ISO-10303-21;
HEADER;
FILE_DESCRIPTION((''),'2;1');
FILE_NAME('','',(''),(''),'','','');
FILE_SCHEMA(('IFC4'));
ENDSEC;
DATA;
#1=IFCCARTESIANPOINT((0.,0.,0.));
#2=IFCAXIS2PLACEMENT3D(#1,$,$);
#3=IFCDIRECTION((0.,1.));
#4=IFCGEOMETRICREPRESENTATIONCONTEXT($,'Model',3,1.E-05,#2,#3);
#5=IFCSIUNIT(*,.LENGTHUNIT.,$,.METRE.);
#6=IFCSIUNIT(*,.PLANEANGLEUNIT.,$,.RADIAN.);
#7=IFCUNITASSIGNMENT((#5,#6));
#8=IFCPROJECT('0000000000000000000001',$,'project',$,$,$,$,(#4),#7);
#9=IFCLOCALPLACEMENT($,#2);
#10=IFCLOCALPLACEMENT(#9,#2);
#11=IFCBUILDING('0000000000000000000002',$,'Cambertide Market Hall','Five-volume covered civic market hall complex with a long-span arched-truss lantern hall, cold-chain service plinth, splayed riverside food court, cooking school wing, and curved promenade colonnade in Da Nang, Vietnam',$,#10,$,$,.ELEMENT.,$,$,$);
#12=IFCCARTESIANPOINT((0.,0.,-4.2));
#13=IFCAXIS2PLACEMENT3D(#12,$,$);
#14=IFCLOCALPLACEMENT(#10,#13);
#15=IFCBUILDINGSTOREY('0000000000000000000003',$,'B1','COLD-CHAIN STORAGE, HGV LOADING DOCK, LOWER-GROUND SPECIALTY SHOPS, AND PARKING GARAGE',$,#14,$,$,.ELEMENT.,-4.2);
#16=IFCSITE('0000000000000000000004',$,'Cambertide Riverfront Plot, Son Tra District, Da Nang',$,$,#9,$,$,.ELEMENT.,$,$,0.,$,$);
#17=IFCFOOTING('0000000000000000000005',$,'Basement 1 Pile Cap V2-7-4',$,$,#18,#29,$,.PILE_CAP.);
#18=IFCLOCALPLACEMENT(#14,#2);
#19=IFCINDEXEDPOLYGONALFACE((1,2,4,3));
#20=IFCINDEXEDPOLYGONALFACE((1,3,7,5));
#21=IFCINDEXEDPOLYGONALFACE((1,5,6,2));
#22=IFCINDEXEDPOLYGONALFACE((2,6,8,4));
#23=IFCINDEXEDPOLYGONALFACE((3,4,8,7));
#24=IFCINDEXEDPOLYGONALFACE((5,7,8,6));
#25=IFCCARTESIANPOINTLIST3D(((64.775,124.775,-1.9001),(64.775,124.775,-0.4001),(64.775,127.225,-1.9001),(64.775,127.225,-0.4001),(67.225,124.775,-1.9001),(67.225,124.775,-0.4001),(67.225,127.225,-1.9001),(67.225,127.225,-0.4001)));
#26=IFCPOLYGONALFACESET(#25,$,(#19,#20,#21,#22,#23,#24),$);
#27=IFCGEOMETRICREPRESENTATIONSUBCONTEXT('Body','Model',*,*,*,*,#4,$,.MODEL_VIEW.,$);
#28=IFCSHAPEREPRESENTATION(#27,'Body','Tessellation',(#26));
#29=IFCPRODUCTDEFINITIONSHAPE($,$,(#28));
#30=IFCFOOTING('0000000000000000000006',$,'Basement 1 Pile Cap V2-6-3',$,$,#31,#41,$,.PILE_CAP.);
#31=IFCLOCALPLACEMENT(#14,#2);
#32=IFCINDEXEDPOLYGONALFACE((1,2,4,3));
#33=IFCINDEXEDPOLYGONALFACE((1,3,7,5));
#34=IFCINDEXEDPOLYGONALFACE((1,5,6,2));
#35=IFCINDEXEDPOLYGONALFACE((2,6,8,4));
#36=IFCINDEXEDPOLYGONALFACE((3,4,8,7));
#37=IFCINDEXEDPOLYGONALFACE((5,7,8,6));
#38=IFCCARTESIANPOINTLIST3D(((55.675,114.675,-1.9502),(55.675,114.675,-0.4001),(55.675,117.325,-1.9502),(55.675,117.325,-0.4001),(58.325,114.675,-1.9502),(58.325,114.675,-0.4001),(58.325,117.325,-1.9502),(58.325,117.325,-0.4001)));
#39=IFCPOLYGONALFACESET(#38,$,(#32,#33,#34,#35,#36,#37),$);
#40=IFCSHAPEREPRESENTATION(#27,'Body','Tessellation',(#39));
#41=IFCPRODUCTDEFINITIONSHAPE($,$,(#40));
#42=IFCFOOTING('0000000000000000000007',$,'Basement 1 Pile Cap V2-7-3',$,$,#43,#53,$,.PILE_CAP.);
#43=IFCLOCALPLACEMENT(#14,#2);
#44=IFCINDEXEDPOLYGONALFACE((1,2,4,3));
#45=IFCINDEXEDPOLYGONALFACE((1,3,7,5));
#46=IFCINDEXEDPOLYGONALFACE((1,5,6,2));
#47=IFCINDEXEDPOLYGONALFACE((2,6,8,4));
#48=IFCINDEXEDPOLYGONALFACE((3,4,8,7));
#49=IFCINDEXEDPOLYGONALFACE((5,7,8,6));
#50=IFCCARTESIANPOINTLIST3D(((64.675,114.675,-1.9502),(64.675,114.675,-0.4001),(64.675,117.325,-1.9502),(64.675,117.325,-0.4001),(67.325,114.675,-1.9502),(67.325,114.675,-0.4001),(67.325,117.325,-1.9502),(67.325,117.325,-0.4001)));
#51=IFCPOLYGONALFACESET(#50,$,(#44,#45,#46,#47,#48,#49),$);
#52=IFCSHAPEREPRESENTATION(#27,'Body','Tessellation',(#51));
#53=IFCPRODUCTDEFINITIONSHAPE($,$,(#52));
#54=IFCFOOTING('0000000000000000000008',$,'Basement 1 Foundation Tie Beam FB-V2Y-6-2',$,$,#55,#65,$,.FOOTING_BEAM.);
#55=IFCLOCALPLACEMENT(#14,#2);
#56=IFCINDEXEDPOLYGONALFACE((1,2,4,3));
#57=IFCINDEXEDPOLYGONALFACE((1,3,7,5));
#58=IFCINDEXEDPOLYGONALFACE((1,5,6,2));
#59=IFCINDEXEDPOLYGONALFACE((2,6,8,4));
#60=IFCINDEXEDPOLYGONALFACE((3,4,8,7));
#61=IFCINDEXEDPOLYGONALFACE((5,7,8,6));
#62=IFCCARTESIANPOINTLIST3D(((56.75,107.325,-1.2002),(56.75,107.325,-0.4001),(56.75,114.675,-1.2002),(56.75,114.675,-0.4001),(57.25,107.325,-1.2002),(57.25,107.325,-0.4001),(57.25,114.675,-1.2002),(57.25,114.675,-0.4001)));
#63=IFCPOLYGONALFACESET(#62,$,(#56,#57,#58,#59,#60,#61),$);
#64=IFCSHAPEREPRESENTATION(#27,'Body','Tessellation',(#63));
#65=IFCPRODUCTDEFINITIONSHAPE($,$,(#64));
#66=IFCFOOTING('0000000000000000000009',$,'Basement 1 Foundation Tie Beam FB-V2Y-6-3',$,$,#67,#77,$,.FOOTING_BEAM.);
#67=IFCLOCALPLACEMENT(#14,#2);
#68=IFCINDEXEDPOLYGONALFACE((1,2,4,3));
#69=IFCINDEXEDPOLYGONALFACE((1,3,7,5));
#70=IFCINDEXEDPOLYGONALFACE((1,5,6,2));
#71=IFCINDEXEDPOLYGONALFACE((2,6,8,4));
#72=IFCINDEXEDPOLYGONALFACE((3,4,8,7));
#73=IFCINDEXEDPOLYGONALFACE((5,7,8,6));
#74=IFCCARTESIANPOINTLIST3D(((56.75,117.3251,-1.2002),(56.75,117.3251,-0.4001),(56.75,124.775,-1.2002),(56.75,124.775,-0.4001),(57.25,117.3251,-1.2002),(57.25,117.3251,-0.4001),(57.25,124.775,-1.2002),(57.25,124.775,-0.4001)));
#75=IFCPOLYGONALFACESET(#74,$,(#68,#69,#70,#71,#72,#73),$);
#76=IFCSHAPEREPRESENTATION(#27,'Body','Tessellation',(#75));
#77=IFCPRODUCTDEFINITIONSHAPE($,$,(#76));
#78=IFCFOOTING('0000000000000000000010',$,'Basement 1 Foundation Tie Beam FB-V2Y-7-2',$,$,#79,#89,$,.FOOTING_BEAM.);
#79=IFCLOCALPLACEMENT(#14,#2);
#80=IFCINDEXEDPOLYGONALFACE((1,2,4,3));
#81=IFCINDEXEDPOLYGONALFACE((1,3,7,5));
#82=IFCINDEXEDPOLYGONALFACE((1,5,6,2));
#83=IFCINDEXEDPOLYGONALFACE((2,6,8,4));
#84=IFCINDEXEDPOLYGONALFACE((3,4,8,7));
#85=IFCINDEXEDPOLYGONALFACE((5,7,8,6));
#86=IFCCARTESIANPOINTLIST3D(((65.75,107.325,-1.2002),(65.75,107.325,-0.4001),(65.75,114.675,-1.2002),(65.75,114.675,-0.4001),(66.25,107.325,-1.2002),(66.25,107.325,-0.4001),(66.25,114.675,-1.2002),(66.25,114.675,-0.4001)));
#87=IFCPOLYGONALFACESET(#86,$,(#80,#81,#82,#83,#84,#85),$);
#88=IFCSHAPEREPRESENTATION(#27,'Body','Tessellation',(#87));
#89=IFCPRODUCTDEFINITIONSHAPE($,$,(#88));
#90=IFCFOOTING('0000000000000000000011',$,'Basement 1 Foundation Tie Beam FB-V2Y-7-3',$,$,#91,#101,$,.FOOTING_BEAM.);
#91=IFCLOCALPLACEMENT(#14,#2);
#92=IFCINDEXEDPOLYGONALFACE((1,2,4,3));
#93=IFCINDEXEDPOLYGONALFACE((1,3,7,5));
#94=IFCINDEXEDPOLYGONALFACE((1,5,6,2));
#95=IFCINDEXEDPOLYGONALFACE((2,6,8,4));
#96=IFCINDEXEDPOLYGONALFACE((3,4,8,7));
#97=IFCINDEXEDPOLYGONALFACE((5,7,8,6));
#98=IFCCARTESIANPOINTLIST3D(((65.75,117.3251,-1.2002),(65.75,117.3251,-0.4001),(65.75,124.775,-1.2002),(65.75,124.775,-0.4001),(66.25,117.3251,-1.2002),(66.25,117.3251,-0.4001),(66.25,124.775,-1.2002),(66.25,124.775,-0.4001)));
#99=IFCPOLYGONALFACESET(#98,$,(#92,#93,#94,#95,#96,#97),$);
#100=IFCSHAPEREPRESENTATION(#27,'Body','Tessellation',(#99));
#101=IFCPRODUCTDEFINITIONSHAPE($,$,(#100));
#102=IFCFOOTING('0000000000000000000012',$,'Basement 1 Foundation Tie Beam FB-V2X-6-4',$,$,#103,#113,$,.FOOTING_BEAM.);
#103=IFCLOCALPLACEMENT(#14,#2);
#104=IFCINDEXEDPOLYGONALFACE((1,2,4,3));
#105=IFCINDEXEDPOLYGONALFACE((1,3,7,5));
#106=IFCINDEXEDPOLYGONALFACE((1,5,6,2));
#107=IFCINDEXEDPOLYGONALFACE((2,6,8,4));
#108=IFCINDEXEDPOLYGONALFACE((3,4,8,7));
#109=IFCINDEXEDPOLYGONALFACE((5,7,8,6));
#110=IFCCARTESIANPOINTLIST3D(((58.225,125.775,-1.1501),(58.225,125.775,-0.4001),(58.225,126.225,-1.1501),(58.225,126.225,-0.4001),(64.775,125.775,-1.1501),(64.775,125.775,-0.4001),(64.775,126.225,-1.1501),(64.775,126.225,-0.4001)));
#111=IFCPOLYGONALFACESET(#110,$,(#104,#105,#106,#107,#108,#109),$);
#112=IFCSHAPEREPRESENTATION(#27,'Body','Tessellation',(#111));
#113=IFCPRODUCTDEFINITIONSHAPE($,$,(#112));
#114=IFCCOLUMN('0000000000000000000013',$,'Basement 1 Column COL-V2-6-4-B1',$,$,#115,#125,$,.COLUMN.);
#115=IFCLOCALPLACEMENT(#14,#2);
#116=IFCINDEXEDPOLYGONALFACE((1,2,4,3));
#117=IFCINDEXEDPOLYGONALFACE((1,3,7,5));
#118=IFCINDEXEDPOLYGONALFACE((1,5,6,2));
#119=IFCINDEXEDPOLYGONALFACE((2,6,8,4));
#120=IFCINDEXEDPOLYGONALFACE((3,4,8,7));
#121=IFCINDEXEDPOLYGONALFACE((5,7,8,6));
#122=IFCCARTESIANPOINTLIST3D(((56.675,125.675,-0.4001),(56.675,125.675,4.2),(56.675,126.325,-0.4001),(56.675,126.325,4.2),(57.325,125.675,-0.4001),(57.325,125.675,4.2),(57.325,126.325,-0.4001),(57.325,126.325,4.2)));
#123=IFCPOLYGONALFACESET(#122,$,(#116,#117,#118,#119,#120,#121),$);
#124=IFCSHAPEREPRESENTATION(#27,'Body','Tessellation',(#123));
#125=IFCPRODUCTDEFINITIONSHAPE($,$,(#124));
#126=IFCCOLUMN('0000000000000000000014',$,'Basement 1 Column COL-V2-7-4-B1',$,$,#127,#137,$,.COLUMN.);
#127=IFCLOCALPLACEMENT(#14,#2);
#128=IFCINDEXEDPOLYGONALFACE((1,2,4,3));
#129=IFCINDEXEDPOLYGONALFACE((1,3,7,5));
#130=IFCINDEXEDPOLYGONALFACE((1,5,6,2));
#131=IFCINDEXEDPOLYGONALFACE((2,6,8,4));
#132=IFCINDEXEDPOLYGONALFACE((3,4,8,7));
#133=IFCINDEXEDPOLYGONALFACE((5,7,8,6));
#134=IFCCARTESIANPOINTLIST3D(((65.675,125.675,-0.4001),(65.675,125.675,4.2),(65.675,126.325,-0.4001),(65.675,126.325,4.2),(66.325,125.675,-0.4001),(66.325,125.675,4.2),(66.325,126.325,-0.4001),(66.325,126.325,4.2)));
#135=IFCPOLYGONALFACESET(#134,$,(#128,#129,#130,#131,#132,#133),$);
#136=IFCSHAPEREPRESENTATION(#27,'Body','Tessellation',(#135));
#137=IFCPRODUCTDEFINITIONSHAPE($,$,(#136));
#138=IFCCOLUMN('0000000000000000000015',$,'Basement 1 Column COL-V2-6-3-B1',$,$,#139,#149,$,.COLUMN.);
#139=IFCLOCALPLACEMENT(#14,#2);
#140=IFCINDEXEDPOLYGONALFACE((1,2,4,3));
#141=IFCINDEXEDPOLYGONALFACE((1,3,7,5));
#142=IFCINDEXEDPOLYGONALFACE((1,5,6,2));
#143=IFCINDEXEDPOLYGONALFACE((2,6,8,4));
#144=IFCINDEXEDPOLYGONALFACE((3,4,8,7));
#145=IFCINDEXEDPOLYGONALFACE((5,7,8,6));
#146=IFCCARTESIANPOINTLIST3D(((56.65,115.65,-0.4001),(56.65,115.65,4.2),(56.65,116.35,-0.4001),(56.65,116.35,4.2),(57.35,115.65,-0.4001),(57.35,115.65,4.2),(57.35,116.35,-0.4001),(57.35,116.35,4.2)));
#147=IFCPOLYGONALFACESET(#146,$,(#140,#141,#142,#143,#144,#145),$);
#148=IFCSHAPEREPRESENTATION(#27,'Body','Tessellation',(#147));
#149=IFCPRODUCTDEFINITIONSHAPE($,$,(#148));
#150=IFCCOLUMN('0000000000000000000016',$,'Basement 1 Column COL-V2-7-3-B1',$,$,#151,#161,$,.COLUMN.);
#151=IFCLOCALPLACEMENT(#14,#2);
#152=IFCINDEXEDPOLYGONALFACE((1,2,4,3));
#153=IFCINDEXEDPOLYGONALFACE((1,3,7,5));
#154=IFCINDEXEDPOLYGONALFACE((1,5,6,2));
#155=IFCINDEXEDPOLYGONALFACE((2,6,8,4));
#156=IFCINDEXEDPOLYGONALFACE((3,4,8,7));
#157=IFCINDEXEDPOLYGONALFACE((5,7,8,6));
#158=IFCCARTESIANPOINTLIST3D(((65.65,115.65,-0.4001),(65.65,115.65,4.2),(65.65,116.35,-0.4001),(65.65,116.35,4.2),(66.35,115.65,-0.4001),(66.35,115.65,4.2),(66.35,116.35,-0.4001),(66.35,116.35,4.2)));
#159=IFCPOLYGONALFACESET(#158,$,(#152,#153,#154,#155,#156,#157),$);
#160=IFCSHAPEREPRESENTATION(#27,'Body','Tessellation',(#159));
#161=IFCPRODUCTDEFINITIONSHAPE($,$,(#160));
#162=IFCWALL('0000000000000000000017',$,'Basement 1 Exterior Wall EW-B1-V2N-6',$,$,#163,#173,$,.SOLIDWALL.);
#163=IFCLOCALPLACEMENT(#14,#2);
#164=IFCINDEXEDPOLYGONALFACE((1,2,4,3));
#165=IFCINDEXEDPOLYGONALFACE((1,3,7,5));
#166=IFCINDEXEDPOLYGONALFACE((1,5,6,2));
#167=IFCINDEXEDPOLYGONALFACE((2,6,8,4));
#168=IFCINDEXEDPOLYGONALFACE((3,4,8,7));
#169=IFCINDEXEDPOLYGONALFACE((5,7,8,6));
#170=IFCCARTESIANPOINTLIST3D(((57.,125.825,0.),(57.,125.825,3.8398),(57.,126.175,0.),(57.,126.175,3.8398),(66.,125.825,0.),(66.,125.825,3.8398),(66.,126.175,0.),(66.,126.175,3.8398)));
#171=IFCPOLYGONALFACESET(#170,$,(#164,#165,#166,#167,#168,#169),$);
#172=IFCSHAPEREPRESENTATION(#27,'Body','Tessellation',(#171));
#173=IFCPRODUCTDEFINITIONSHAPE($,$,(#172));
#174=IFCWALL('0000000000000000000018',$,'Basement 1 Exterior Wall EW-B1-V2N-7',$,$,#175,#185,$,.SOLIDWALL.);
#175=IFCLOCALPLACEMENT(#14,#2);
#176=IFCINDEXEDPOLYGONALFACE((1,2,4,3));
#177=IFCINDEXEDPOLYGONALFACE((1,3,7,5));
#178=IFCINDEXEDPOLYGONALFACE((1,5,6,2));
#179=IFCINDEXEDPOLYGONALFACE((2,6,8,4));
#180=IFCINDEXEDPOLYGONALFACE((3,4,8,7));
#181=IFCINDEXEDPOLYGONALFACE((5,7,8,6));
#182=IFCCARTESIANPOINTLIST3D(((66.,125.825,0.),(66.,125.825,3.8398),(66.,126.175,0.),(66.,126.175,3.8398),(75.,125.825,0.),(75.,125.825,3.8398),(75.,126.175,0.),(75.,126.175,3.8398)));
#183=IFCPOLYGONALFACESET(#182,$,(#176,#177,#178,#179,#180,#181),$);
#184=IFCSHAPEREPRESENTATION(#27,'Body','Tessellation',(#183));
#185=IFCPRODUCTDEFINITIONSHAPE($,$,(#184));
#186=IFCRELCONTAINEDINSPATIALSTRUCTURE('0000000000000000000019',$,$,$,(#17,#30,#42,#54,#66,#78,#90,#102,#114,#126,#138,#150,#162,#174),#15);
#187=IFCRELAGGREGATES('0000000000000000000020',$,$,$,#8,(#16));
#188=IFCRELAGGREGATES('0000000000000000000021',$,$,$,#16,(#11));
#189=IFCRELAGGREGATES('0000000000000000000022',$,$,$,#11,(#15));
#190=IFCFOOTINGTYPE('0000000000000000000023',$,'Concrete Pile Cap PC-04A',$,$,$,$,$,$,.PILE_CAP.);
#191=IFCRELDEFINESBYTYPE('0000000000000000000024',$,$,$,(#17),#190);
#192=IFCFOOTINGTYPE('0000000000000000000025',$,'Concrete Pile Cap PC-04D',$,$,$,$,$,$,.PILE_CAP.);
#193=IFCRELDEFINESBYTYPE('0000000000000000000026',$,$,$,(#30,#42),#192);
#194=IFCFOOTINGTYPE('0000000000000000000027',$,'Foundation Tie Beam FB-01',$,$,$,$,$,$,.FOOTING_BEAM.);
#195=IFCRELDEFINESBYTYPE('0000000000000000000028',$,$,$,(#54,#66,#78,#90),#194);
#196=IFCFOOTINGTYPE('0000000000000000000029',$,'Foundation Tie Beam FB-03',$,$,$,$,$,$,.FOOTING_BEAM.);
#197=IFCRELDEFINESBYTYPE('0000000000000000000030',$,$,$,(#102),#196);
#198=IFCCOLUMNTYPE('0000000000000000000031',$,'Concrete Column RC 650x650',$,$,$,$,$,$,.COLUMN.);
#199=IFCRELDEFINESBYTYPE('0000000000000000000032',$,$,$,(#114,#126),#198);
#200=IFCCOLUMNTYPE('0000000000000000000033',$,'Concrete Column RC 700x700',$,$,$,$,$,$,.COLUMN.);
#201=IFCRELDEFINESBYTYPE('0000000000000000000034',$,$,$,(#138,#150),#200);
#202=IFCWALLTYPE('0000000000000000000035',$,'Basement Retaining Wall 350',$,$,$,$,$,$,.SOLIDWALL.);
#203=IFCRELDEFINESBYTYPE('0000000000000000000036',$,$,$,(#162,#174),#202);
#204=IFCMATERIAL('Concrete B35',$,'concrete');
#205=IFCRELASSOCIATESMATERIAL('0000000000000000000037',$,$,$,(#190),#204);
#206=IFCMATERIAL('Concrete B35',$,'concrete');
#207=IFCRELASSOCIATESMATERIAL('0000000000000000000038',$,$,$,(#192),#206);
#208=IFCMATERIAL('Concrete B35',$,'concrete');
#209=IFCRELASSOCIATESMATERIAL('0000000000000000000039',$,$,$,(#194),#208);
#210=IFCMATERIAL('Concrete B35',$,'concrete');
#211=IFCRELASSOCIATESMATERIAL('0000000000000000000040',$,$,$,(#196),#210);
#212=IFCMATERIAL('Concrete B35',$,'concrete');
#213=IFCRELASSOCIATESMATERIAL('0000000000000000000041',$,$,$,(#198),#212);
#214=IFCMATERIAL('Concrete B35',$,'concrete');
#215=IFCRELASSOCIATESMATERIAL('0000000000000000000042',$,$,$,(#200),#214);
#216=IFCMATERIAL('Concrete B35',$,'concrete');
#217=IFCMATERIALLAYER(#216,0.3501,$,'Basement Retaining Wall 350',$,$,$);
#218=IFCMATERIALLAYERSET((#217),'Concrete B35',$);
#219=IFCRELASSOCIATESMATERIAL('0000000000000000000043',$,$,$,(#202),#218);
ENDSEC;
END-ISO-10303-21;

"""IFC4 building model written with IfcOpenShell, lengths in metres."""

from ifc_helpers import new_model, si_unit, direction, frame, frame_2d, origin, origin_2d, place, context, subcontext, project, spatial, rectangle, extrude, material, layer, layer_set, material_profile, profile_set, type_object, element, save


model = new_model("IFC4")

# Units and contexts
model_context = context("Model", 3, precision=1e-05, world=origin(), true_north=direction((0.0, 1.0)))
body_context = subcontext(model_context, "Body", "Model", "MODEL_VIEW")
ifc_project = project(units=[si_unit("LENGTHUNIT", "METRE"), si_unit("PLANEANGLEUNIT", "RADIAN")], contexts=[model_context])

# Site, building, storey
site_placement = place(None, origin())
site = spatial("IfcSite", under=ifc_project, at=site_placement, Name="Cambertide Riverfront Plot, Son Tra District, Da Nang", CompositionType="ELEMENT", RefElevation=0.0)
building_placement = place(site_placement, origin())
building = spatial("IfcBuilding", under=site, at=building_placement, Name="Cambertide Market Hall", Description="Five-volume covered civic market hall complex with a long-span arched-truss lantern hall, cold-chain service plinth, splayed riverside food court, cooking school wing, and curved promenade colonnade in Da Nang, Vietnam", CompositionType="ELEMENT")
storey_placement = place(building_placement, frame((0.0, 0.0, -4.2)))
storey = spatial("IfcBuildingStorey", under=building, at=storey_placement, Name="B1", Description="COLD-CHAIN STORAGE, HGV LOADING DOCK, LOWER-GROUND SPECIALTY SHOPS, AND PARKING GARAGE", CompositionType="ELEMENT", Elevation=-4.2)

# Footings
ifc_material_1 = material(Name="Concrete B35", Category="concrete")
footing_type_1 = type_object("IfcFootingType", Name="Concrete Pile Cap PC-04A", PredefinedType="PILE_CAP", material=ifc_material_1)
for number, where, z_axis, x_axis, name in (
    (1, (66.0, 126.0, -1.9001), (0.0, 0.0, 1.0), (1.0, 0.0, 0.0), "Basement 1 Pile Cap V2-7-4"),
):
    element("IfcFooting", number, at=place(storey_placement, frame(where, z_axis=z_axis, x_axis=x_axis)), inside=storey, type_object=footing_type_1, Name=name, PredefinedType="PILE_CAP", context=body_context, shape_type="SweptSolid", body=[
        extrude(rectangle(XDim=2.45, YDim=2.45, at=origin_2d()), origin(), (0.0, 0.0, 1.0), 1.5),
    ])
ifc_material_2 = material(Name="Concrete B35", Category="concrete")
footing_type_2 = type_object("IfcFootingType", Name="Concrete Pile Cap PC-04D", PredefinedType="PILE_CAP", material=ifc_material_2)
for number, where, z_axis, x_axis, name in (
    (2, (57.0, 116.0, -1.9502), (0.0, 0.0, 1.0), (1.0, 0.0, 0.0), "Basement 1 Pile Cap V2-6-3"),
    (3, (66.0, 116.0, -1.9502), (0.0, 0.0, 1.0), (1.0, 0.0, 0.0), "Basement 1 Pile Cap V2-7-3"),
):
    element("IfcFooting", number, at=place(storey_placement, frame(where, z_axis=z_axis, x_axis=x_axis)), inside=storey, type_object=footing_type_2, Name=name, PredefinedType="PILE_CAP", context=body_context, shape_type="SweptSolid", body=[
        extrude(rectangle(XDim=2.6499, YDim=2.6499, at=origin_2d()), origin(), (0.0, 0.0, 1.0), 1.55),
    ])
ifc_material_3 = material(Name="Concrete B35", Category="concrete")
footing_type_3 = type_object("IfcFootingType", Name="Foundation Tie Beam FB-01", PredefinedType="FOOTING_BEAM", material=ifc_material_3)
footing_1_placement = place(storey_placement, frame((57.0, 111.0, -1.2002), z_axis=(0.0, 0.0, 1.0), x_axis=(0.0, 1.0, 0.0)))
element("IfcFooting", 4, at=footing_1_placement, inside=storey, type_object=footing_type_3, Name="Basement 1 Foundation Tie Beam FB-V2Y-6-2", PredefinedType="FOOTING_BEAM", context=body_context, shape_type="SweptSolid", body=[
    extrude(rectangle(XDim=7.3501, YDim=0.5, at=origin_2d()), origin(), (0.0, 0.0, 1.0), 0.8),
])
footing_2_placement = place(storey_placement, frame((57.0, 121.05, -1.2002), z_axis=(0.0, 0.0, 1.0), x_axis=(0.0, 1.0, 0.0)))
element("IfcFooting", 5, at=footing_2_placement, inside=storey, type_object=footing_type_3, Name="Basement 1 Foundation Tie Beam FB-V2Y-6-3", PredefinedType="FOOTING_BEAM", context=body_context, shape_type="SweptSolid", body=[
    extrude(rectangle(XDim=7.45, YDim=0.5, at=origin_2d()), origin(), (0.0, 0.0, 1.0), 0.8),
])
footing_3_placement = place(storey_placement, frame((66.0, 111.0, -1.2002), z_axis=(0.0, 0.0, 1.0), x_axis=(0.0, 1.0, 0.0)))
element("IfcFooting", 6, at=footing_3_placement, inside=storey, type_object=footing_type_3, Name="Basement 1 Foundation Tie Beam FB-V2Y-7-2", PredefinedType="FOOTING_BEAM", context=body_context, shape_type="SweptSolid", body=[
    extrude(rectangle(XDim=7.3501, YDim=0.5, at=origin_2d()), origin(), (0.0, 0.0, 1.0), 0.8),
])
footing_4_placement = place(storey_placement, frame((66.0, 121.05, -1.2002), z_axis=(0.0, 0.0, 1.0), x_axis=(0.0, 1.0, 0.0)))
element("IfcFooting", 7, at=footing_4_placement, inside=storey, type_object=footing_type_3, Name="Basement 1 Foundation Tie Beam FB-V2Y-7-3", PredefinedType="FOOTING_BEAM", context=body_context, shape_type="SweptSolid", body=[
    extrude(rectangle(XDim=7.45, YDim=0.5, at=origin_2d()), origin(), (0.0, 0.0, 1.0), 0.8),
])
ifc_material_4 = material(Name="Concrete B35", Category="concrete")
footing_type_4 = type_object("IfcFootingType", Name="Foundation Tie Beam FB-03", PredefinedType="FOOTING_BEAM", material=ifc_material_4)
footing_5_placement = place(storey_placement, frame((61.5, 126.0, -1.1501), z_axis=(0.0, 0.0, 1.0), x_axis=(1.0, 0.0, 0.0)))
element("IfcFooting", 8, at=footing_5_placement, inside=storey, type_object=footing_type_4, Name="Basement 1 Foundation Tie Beam FB-V2X-6-4", PredefinedType="FOOTING_BEAM", context=body_context, shape_type="SweptSolid", body=[
    extrude(rectangle(XDim=6.55, YDim=0.45, at=origin_2d()), origin(), (0.0, 0.0, 1.0), 0.75),
])

# Columns
ifc_material_5 = material(Name="Concrete B35", Category="concrete")
ifc_material_profile_1 = material_profile(ifc_material_5, rectangle(XDim=0.6499, YDim=0.6499, at=origin_2d()), Name="RC 650x650")
ifc_profile_set_1 = profile_set([ifc_material_profile_1], Name="Concrete B35")
column_type_1 = type_object("IfcColumnType", Name="Concrete Column RC 650x650", PredefinedType="COLUMN", material=ifc_profile_set_1)
for number, where, z_axis, x_axis, name in (
    (9, (57.0, 126.0, -0.4001), (0.0, 0.0, 1.0), (1.0, 0.0, 0.0), "Basement 1 Column COL-V2-6-4-B1"),
    (10, (66.0, 126.0, -0.4001), (0.0, 0.0, 1.0), (1.0, 0.0, 0.0), "Basement 1 Column COL-V2-7-4-B1"),
):
    element("IfcColumn", number, at=place(storey_placement, frame(where, z_axis=z_axis, x_axis=x_axis)), inside=storey, type_object=column_type_1, Name=name, PredefinedType="COLUMN", context=body_context, shape_type="SweptSolid", body=[
        extrude(rectangle(XDim=0.6499, YDim=0.6499, at=origin_2d()), origin(), (0.0, 0.0, 1.0), 4.6001),
    ])
ifc_material_6 = material(Name="Concrete B35", Category="concrete")
ifc_material_profile_2 = material_profile(ifc_material_6, rectangle(XDim=0.7, YDim=0.7, at=origin_2d()), Name="RC 700x700")
ifc_profile_set_2 = profile_set([ifc_material_profile_2], Name="Concrete B35")
column_type_2 = type_object("IfcColumnType", Name="Concrete Column RC 700x700", PredefinedType="COLUMN", material=ifc_profile_set_2)
for number, where, z_axis, x_axis, name in (
    (11, (57.0, 116.0, -0.4001), (0.0, 0.0, 1.0), (1.0, 0.0, 0.0), "Basement 1 Column COL-V2-6-3-B1"),
    (12, (66.0, 116.0, -0.4001), (0.0, 0.0, 1.0), (1.0, 0.0, 0.0), "Basement 1 Column COL-V2-7-3-B1"),
):
    element("IfcColumn", number, at=place(storey_placement, frame(where, z_axis=z_axis, x_axis=x_axis)), inside=storey, type_object=column_type_2, Name=name, PredefinedType="COLUMN", context=body_context, shape_type="SweptSolid", body=[
        extrude(rectangle(XDim=0.7, YDim=0.7, at=origin_2d()), origin(), (0.0, 0.0, 1.0), 4.6001),
    ])

# Walls
ifc_material_7 = material(Name="Concrete B35", Category="concrete")
ifc_layer = layer(ifc_material_7, 0.3501, Name="Basement Retaining Wall 350")
ifc_layer_set = layer_set([ifc_layer], Name="Concrete B35")
wall_type = type_object("IfcWallType", Name="Basement Retaining Wall 350", PredefinedType="SOLIDWALL", material=ifc_layer_set)
for number, where, z_axis, x_axis, name in (
    (13, (57.0, 126.0, 0.0), (0.0, 0.0, 1.0), (1.0, 0.0, 0.0), "Basement 1 Exterior Wall EW-B1-V2N-6"),
    (14, (66.0, 126.0, 0.0), (0.0, 0.0, 1.0), (1.0, 0.0, 0.0), "Basement 1 Exterior Wall EW-B1-V2N-7"),
):
    element("IfcWall", number, at=place(storey_placement, frame(where, z_axis=z_axis, x_axis=x_axis)), inside=storey, type_object=wall_type, Name=name, PredefinedType="SOLIDWALL", context=body_context, shape_type="SweptSolid", body=[
        extrude(rectangle(XDim=9.0, YDim=0.3501, at=frame_2d((4.5, 0.0))), origin(), (0.0, 0.0, 1.0), 3.8398),
    ])

save(model, "model.ifc")
